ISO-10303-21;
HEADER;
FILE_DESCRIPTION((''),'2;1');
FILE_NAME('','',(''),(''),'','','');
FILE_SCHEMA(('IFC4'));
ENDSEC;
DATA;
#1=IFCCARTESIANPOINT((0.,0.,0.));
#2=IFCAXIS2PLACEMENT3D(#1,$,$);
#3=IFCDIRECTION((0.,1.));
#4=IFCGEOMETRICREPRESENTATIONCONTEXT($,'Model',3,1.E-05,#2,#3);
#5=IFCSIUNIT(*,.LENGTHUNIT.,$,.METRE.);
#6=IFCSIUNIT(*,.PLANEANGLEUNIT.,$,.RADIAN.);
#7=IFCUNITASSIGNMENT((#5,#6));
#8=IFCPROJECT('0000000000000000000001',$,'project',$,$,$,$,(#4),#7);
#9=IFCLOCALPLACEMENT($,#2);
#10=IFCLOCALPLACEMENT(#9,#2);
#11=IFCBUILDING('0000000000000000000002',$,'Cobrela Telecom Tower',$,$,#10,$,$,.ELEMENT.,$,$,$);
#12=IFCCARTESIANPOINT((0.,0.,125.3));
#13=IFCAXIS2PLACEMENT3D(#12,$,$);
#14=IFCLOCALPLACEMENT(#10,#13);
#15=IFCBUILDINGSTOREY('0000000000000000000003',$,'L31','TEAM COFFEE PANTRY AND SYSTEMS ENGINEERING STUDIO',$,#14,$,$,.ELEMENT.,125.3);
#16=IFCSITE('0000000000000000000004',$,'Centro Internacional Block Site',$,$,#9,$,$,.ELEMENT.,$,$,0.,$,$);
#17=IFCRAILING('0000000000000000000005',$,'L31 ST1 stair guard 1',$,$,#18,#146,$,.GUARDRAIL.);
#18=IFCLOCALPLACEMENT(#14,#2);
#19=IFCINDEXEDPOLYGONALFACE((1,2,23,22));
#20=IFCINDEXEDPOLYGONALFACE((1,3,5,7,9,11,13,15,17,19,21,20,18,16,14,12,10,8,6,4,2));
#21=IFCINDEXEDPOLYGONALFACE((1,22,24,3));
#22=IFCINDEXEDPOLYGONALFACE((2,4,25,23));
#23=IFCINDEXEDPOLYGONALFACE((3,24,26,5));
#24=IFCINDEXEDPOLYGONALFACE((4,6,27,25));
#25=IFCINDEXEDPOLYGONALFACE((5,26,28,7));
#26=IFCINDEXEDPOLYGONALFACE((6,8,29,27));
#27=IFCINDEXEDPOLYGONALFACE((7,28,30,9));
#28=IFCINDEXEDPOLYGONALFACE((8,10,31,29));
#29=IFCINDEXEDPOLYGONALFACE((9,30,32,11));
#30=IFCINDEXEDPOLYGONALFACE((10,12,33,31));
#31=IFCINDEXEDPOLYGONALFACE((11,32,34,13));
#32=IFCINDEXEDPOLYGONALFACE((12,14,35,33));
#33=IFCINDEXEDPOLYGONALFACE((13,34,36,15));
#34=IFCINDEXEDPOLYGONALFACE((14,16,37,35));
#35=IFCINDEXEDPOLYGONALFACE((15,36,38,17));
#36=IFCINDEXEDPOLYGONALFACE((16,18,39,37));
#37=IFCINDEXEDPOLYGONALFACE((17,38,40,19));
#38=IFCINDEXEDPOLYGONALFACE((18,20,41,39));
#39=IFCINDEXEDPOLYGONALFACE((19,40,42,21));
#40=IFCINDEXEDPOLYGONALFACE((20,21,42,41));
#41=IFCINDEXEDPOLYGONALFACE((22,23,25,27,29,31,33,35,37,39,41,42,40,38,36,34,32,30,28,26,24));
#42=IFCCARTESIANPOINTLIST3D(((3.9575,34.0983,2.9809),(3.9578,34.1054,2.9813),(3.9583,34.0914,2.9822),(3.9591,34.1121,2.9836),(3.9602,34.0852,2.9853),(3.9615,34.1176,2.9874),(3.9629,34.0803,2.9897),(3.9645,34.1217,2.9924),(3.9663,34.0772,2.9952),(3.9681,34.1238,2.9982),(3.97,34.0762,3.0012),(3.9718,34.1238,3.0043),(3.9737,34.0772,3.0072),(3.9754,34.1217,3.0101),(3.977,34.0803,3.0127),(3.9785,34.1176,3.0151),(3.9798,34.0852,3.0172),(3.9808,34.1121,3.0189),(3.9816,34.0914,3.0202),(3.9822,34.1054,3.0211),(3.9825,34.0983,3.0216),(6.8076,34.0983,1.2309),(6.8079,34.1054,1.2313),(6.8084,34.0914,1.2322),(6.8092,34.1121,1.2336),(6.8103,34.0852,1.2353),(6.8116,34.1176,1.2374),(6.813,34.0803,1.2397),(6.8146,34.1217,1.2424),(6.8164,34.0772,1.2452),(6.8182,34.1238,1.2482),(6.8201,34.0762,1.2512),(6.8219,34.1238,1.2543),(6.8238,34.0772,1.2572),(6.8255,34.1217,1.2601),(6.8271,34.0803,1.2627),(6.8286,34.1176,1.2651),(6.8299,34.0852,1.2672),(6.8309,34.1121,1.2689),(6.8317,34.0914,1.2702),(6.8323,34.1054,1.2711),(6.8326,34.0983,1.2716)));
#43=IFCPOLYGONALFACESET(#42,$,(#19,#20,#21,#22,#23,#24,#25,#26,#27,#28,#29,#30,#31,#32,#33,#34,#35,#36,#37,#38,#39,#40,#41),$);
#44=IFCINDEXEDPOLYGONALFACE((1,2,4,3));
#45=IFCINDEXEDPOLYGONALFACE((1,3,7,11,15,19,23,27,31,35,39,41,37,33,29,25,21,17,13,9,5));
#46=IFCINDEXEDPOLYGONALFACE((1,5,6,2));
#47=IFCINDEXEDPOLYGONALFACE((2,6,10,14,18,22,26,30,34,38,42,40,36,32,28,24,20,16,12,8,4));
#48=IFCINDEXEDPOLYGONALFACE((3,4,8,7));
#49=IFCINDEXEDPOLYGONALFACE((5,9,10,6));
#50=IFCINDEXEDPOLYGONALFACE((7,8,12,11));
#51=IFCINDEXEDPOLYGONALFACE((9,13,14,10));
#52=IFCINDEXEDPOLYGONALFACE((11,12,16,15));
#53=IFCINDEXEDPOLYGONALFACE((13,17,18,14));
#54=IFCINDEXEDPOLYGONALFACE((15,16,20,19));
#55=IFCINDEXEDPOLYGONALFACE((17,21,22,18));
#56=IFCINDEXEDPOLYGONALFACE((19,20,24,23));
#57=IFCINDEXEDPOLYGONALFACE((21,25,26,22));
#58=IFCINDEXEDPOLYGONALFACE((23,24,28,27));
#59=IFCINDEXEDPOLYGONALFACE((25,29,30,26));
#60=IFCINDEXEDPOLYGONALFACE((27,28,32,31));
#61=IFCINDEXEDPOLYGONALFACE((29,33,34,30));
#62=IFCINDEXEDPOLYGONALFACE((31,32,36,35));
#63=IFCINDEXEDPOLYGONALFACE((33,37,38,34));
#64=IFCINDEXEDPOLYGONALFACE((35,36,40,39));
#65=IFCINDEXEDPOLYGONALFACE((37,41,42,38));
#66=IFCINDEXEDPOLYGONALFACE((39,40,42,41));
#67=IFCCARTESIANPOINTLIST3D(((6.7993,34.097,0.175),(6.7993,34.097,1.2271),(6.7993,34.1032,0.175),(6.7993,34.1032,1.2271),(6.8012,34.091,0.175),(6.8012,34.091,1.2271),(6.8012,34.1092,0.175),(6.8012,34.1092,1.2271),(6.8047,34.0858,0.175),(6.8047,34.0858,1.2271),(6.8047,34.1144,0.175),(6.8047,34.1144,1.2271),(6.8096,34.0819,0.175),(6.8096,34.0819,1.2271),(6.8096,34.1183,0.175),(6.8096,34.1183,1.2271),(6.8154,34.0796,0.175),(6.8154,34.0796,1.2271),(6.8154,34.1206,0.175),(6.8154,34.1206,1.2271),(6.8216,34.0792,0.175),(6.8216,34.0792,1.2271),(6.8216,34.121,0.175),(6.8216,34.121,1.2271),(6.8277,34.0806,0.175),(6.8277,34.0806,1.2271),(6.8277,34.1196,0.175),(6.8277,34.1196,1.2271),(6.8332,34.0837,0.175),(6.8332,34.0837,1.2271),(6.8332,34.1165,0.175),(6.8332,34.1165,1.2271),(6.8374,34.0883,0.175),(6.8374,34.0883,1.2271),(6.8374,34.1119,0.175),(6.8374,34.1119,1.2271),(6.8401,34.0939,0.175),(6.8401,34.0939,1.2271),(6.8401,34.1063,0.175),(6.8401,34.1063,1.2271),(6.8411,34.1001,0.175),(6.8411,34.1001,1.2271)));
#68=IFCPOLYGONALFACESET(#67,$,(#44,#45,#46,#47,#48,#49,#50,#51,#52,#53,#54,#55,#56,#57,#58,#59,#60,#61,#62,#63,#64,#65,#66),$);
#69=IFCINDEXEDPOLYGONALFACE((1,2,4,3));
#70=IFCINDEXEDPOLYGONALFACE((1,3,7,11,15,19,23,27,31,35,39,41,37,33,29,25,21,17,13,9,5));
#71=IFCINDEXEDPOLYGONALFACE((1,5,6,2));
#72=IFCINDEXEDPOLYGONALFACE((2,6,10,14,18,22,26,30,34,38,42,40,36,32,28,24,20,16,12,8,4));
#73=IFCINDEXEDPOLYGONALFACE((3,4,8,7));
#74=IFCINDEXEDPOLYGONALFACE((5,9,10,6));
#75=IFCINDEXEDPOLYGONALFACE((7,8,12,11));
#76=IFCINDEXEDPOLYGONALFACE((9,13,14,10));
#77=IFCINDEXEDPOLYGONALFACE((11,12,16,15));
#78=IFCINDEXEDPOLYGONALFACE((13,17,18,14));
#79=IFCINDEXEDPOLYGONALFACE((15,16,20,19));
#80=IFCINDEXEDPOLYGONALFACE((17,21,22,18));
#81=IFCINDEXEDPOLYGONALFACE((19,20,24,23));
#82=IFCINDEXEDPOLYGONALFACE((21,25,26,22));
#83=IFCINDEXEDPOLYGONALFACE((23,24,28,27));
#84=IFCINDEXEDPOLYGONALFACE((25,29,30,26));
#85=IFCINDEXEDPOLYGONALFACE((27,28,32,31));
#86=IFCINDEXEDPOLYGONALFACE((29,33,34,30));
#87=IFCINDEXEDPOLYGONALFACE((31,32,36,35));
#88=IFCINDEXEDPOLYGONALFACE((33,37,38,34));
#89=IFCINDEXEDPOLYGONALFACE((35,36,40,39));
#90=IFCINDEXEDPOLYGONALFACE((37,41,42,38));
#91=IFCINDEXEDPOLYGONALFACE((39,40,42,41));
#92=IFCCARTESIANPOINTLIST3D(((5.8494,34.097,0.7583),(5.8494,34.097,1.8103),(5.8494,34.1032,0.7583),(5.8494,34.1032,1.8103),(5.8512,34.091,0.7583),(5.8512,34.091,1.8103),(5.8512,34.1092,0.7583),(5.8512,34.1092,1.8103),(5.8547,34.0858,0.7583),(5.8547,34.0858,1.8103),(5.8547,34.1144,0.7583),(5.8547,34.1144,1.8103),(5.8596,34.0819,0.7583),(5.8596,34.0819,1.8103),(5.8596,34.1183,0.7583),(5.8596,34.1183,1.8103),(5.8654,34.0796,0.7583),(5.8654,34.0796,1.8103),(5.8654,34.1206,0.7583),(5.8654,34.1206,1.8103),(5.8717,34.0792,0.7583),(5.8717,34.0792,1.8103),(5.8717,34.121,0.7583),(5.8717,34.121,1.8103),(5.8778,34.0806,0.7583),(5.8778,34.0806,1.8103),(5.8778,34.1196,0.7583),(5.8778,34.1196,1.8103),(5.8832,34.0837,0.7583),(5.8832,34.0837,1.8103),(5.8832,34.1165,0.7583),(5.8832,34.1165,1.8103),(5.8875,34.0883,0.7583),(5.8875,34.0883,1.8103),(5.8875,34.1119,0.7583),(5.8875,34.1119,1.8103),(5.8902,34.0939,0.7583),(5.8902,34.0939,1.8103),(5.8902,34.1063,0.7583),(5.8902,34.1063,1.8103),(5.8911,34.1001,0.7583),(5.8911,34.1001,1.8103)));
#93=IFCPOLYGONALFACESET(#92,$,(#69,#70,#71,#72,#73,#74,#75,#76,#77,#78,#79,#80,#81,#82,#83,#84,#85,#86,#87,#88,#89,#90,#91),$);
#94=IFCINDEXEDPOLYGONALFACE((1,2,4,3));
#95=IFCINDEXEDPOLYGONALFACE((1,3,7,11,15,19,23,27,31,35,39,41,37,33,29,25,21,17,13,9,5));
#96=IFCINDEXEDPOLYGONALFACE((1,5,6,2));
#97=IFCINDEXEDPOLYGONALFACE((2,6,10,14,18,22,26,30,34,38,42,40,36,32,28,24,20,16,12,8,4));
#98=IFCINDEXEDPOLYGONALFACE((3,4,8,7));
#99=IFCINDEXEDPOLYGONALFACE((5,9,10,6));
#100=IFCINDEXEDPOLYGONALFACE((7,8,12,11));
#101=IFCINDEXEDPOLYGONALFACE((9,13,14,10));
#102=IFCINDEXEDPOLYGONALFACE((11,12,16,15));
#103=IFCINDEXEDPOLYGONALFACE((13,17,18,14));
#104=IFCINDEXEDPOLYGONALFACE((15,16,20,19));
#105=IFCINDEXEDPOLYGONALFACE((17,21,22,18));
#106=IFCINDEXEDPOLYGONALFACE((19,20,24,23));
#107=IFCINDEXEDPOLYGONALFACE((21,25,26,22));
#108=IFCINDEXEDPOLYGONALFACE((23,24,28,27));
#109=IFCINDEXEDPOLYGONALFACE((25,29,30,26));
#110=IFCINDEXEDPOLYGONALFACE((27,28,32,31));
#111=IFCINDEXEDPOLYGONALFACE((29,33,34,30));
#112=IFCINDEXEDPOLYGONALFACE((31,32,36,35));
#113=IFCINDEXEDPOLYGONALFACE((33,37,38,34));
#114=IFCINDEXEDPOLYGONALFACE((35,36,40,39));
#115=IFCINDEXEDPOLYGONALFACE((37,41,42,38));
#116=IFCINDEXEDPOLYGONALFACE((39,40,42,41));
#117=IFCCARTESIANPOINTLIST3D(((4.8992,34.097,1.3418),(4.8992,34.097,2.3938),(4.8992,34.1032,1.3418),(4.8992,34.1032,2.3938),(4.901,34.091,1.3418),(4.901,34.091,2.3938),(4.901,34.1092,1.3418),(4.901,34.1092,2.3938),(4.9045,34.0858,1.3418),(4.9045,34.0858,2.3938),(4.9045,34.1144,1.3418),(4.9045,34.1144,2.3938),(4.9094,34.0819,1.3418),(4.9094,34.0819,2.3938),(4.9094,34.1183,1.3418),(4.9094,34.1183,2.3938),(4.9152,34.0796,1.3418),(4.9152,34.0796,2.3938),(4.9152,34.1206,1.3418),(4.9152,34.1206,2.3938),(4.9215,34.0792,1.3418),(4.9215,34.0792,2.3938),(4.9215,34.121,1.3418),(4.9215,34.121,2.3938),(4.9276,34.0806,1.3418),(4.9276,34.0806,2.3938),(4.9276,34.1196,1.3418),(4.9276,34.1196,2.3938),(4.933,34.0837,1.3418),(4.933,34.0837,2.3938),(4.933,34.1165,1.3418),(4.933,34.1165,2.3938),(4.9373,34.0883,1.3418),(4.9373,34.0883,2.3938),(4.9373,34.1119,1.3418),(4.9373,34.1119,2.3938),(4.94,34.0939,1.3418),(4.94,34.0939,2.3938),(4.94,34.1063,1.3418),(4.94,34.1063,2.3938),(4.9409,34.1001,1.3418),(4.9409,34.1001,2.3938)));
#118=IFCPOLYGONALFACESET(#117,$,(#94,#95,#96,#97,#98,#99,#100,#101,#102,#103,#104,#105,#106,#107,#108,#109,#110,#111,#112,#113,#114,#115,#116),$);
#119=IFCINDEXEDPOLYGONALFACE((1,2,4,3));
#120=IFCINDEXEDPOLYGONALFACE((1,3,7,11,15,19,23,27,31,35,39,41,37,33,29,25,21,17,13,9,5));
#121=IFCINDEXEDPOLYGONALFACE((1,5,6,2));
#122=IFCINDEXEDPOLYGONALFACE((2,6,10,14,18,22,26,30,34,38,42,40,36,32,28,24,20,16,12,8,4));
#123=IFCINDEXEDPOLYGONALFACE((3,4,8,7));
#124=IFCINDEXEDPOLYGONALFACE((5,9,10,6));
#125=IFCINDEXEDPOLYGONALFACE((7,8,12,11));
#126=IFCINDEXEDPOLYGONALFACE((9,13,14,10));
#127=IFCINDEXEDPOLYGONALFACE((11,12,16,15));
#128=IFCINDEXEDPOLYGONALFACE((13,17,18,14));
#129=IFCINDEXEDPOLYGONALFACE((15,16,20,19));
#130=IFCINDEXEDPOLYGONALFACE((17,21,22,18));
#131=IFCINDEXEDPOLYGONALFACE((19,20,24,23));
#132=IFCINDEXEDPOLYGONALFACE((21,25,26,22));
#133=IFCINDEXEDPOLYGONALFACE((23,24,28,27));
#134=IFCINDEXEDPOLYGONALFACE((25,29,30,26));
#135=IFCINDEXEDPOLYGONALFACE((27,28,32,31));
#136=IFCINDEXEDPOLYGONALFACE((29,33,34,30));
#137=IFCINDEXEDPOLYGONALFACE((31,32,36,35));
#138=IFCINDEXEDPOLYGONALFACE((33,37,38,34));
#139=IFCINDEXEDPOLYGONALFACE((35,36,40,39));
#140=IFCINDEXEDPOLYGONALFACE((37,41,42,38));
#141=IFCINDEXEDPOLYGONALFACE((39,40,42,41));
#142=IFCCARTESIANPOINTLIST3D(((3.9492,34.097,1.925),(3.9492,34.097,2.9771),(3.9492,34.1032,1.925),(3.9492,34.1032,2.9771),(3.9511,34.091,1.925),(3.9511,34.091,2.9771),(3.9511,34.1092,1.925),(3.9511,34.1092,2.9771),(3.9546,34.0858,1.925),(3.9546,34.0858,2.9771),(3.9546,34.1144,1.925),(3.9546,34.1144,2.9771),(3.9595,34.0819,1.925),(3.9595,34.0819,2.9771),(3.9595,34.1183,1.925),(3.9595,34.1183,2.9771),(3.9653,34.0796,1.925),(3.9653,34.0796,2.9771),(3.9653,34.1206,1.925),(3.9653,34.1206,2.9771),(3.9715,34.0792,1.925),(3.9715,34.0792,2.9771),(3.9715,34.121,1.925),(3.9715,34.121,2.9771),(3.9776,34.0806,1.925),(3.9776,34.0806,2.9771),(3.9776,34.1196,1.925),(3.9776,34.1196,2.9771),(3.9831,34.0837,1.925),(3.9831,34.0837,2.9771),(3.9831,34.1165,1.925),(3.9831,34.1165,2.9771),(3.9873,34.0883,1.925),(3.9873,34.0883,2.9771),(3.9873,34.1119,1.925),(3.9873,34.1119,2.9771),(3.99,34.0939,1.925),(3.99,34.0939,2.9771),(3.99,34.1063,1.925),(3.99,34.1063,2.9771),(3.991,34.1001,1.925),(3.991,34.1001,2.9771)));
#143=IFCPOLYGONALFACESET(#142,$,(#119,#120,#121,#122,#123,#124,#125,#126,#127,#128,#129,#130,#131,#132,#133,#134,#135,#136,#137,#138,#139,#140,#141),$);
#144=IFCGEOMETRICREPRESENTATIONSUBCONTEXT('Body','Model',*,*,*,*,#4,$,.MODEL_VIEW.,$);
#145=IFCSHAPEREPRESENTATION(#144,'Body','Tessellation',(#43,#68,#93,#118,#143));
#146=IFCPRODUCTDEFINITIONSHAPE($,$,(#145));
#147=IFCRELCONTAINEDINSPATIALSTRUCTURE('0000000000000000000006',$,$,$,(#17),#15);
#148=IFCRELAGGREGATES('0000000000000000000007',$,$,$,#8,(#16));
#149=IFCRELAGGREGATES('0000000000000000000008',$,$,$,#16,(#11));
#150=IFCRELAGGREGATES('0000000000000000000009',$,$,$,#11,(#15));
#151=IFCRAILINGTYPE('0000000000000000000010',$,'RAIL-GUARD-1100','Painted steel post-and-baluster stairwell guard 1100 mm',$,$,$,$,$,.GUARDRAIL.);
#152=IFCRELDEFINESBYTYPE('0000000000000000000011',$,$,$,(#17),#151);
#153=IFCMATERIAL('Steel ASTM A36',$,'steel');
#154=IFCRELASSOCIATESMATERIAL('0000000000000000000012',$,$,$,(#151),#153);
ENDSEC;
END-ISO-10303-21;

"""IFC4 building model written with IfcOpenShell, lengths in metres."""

from ifc_helpers import new_model, si_unit, direction, frame, origin, origin_2d, place, context, subcontext, project, spatial, circle, extrude, material, type_object, element, save


model = new_model("IFC4")

# Units and contexts
model_context = context("Model", 3, precision=1e-05, world=origin(), true_north=direction((0.0, 1.0)))
body_context = subcontext(model_context, "Body", "Model", "MODEL_VIEW")
ifc_project = project(units=[si_unit("LENGTHUNIT", "METRE"), si_unit("PLANEANGLEUNIT", "RADIAN")], contexts=[model_context])

# Site, building, storey
site_placement = place(None, origin())
site = spatial("IfcSite", under=ifc_project, at=site_placement, Name="Centro Internacional Block Site", CompositionType="ELEMENT", RefElevation=0.0)
building_placement = place(site_placement, origin())
building = spatial("IfcBuilding", under=site, at=building_placement, Name="Cobrela Telecom Tower", CompositionType="ELEMENT")
storey_placement = place(building_placement, frame((0.0, 0.0, 125.3)))
storey = spatial("IfcBuildingStorey", under=building, at=storey_placement, Name="L31", Description="TEAM COFFEE PANTRY AND SYSTEMS ENGINEERING STUDIO", CompositionType="ELEMENT", Elevation=125.3)

# Shared definitions
ifc_material_1 = material(Name="Steel ASTM A36", Category="steel")

# Railing
railing_type_1 = type_object("IfcRailingType", Name="RAIL-GUARD-1100", Description="Painted steel post-and-baluster stairwell guard 1100 mm", PredefinedType="GUARDRAIL", material=ifc_material_1)
railing_1_placement = place(storey_placement, frame((6.8201, 34.1001, 0.175)))
element("IfcRailing", 1, at=railing_1_placement, inside=storey, type_object=railing_type_1, Name="L31 ST1 stair guard 1", PredefinedType="GUARDRAIL", context=body_context, shape_type="SweptSolid", body=[
    extrude(circle(Radius=0.0239, at=origin_2d()), frame((0.0, 0.0, 1.0762), z_axis=(-0.852179, 0.0, 0.52325), x_axis=(0.0, -1.0, 0.0)), (0.0, 0.0, 1.0), 3.3445),
    extrude(circle(Radius=0.021, at=origin_2d()), origin(), (0.0, 0.0, 1.0), 1.052),
    extrude(circle(Radius=0.021, at=origin_2d()), frame((-0.95, 0.0, 0.5833)), (0.0, 0.0, 1.0), 1.052),
    extrude(circle(Radius=0.021, at=origin_2d()), frame((-1.9001, 0.0, 1.1667)), (0.0, 0.0, 1.0), 1.052),
    extrude(circle(Radius=0.021, at=origin_2d()), frame((-2.8501, 0.0, 1.75)), (0.0, 0.0, 1.0), 1.052),
])

save(model, "model.ifc")
